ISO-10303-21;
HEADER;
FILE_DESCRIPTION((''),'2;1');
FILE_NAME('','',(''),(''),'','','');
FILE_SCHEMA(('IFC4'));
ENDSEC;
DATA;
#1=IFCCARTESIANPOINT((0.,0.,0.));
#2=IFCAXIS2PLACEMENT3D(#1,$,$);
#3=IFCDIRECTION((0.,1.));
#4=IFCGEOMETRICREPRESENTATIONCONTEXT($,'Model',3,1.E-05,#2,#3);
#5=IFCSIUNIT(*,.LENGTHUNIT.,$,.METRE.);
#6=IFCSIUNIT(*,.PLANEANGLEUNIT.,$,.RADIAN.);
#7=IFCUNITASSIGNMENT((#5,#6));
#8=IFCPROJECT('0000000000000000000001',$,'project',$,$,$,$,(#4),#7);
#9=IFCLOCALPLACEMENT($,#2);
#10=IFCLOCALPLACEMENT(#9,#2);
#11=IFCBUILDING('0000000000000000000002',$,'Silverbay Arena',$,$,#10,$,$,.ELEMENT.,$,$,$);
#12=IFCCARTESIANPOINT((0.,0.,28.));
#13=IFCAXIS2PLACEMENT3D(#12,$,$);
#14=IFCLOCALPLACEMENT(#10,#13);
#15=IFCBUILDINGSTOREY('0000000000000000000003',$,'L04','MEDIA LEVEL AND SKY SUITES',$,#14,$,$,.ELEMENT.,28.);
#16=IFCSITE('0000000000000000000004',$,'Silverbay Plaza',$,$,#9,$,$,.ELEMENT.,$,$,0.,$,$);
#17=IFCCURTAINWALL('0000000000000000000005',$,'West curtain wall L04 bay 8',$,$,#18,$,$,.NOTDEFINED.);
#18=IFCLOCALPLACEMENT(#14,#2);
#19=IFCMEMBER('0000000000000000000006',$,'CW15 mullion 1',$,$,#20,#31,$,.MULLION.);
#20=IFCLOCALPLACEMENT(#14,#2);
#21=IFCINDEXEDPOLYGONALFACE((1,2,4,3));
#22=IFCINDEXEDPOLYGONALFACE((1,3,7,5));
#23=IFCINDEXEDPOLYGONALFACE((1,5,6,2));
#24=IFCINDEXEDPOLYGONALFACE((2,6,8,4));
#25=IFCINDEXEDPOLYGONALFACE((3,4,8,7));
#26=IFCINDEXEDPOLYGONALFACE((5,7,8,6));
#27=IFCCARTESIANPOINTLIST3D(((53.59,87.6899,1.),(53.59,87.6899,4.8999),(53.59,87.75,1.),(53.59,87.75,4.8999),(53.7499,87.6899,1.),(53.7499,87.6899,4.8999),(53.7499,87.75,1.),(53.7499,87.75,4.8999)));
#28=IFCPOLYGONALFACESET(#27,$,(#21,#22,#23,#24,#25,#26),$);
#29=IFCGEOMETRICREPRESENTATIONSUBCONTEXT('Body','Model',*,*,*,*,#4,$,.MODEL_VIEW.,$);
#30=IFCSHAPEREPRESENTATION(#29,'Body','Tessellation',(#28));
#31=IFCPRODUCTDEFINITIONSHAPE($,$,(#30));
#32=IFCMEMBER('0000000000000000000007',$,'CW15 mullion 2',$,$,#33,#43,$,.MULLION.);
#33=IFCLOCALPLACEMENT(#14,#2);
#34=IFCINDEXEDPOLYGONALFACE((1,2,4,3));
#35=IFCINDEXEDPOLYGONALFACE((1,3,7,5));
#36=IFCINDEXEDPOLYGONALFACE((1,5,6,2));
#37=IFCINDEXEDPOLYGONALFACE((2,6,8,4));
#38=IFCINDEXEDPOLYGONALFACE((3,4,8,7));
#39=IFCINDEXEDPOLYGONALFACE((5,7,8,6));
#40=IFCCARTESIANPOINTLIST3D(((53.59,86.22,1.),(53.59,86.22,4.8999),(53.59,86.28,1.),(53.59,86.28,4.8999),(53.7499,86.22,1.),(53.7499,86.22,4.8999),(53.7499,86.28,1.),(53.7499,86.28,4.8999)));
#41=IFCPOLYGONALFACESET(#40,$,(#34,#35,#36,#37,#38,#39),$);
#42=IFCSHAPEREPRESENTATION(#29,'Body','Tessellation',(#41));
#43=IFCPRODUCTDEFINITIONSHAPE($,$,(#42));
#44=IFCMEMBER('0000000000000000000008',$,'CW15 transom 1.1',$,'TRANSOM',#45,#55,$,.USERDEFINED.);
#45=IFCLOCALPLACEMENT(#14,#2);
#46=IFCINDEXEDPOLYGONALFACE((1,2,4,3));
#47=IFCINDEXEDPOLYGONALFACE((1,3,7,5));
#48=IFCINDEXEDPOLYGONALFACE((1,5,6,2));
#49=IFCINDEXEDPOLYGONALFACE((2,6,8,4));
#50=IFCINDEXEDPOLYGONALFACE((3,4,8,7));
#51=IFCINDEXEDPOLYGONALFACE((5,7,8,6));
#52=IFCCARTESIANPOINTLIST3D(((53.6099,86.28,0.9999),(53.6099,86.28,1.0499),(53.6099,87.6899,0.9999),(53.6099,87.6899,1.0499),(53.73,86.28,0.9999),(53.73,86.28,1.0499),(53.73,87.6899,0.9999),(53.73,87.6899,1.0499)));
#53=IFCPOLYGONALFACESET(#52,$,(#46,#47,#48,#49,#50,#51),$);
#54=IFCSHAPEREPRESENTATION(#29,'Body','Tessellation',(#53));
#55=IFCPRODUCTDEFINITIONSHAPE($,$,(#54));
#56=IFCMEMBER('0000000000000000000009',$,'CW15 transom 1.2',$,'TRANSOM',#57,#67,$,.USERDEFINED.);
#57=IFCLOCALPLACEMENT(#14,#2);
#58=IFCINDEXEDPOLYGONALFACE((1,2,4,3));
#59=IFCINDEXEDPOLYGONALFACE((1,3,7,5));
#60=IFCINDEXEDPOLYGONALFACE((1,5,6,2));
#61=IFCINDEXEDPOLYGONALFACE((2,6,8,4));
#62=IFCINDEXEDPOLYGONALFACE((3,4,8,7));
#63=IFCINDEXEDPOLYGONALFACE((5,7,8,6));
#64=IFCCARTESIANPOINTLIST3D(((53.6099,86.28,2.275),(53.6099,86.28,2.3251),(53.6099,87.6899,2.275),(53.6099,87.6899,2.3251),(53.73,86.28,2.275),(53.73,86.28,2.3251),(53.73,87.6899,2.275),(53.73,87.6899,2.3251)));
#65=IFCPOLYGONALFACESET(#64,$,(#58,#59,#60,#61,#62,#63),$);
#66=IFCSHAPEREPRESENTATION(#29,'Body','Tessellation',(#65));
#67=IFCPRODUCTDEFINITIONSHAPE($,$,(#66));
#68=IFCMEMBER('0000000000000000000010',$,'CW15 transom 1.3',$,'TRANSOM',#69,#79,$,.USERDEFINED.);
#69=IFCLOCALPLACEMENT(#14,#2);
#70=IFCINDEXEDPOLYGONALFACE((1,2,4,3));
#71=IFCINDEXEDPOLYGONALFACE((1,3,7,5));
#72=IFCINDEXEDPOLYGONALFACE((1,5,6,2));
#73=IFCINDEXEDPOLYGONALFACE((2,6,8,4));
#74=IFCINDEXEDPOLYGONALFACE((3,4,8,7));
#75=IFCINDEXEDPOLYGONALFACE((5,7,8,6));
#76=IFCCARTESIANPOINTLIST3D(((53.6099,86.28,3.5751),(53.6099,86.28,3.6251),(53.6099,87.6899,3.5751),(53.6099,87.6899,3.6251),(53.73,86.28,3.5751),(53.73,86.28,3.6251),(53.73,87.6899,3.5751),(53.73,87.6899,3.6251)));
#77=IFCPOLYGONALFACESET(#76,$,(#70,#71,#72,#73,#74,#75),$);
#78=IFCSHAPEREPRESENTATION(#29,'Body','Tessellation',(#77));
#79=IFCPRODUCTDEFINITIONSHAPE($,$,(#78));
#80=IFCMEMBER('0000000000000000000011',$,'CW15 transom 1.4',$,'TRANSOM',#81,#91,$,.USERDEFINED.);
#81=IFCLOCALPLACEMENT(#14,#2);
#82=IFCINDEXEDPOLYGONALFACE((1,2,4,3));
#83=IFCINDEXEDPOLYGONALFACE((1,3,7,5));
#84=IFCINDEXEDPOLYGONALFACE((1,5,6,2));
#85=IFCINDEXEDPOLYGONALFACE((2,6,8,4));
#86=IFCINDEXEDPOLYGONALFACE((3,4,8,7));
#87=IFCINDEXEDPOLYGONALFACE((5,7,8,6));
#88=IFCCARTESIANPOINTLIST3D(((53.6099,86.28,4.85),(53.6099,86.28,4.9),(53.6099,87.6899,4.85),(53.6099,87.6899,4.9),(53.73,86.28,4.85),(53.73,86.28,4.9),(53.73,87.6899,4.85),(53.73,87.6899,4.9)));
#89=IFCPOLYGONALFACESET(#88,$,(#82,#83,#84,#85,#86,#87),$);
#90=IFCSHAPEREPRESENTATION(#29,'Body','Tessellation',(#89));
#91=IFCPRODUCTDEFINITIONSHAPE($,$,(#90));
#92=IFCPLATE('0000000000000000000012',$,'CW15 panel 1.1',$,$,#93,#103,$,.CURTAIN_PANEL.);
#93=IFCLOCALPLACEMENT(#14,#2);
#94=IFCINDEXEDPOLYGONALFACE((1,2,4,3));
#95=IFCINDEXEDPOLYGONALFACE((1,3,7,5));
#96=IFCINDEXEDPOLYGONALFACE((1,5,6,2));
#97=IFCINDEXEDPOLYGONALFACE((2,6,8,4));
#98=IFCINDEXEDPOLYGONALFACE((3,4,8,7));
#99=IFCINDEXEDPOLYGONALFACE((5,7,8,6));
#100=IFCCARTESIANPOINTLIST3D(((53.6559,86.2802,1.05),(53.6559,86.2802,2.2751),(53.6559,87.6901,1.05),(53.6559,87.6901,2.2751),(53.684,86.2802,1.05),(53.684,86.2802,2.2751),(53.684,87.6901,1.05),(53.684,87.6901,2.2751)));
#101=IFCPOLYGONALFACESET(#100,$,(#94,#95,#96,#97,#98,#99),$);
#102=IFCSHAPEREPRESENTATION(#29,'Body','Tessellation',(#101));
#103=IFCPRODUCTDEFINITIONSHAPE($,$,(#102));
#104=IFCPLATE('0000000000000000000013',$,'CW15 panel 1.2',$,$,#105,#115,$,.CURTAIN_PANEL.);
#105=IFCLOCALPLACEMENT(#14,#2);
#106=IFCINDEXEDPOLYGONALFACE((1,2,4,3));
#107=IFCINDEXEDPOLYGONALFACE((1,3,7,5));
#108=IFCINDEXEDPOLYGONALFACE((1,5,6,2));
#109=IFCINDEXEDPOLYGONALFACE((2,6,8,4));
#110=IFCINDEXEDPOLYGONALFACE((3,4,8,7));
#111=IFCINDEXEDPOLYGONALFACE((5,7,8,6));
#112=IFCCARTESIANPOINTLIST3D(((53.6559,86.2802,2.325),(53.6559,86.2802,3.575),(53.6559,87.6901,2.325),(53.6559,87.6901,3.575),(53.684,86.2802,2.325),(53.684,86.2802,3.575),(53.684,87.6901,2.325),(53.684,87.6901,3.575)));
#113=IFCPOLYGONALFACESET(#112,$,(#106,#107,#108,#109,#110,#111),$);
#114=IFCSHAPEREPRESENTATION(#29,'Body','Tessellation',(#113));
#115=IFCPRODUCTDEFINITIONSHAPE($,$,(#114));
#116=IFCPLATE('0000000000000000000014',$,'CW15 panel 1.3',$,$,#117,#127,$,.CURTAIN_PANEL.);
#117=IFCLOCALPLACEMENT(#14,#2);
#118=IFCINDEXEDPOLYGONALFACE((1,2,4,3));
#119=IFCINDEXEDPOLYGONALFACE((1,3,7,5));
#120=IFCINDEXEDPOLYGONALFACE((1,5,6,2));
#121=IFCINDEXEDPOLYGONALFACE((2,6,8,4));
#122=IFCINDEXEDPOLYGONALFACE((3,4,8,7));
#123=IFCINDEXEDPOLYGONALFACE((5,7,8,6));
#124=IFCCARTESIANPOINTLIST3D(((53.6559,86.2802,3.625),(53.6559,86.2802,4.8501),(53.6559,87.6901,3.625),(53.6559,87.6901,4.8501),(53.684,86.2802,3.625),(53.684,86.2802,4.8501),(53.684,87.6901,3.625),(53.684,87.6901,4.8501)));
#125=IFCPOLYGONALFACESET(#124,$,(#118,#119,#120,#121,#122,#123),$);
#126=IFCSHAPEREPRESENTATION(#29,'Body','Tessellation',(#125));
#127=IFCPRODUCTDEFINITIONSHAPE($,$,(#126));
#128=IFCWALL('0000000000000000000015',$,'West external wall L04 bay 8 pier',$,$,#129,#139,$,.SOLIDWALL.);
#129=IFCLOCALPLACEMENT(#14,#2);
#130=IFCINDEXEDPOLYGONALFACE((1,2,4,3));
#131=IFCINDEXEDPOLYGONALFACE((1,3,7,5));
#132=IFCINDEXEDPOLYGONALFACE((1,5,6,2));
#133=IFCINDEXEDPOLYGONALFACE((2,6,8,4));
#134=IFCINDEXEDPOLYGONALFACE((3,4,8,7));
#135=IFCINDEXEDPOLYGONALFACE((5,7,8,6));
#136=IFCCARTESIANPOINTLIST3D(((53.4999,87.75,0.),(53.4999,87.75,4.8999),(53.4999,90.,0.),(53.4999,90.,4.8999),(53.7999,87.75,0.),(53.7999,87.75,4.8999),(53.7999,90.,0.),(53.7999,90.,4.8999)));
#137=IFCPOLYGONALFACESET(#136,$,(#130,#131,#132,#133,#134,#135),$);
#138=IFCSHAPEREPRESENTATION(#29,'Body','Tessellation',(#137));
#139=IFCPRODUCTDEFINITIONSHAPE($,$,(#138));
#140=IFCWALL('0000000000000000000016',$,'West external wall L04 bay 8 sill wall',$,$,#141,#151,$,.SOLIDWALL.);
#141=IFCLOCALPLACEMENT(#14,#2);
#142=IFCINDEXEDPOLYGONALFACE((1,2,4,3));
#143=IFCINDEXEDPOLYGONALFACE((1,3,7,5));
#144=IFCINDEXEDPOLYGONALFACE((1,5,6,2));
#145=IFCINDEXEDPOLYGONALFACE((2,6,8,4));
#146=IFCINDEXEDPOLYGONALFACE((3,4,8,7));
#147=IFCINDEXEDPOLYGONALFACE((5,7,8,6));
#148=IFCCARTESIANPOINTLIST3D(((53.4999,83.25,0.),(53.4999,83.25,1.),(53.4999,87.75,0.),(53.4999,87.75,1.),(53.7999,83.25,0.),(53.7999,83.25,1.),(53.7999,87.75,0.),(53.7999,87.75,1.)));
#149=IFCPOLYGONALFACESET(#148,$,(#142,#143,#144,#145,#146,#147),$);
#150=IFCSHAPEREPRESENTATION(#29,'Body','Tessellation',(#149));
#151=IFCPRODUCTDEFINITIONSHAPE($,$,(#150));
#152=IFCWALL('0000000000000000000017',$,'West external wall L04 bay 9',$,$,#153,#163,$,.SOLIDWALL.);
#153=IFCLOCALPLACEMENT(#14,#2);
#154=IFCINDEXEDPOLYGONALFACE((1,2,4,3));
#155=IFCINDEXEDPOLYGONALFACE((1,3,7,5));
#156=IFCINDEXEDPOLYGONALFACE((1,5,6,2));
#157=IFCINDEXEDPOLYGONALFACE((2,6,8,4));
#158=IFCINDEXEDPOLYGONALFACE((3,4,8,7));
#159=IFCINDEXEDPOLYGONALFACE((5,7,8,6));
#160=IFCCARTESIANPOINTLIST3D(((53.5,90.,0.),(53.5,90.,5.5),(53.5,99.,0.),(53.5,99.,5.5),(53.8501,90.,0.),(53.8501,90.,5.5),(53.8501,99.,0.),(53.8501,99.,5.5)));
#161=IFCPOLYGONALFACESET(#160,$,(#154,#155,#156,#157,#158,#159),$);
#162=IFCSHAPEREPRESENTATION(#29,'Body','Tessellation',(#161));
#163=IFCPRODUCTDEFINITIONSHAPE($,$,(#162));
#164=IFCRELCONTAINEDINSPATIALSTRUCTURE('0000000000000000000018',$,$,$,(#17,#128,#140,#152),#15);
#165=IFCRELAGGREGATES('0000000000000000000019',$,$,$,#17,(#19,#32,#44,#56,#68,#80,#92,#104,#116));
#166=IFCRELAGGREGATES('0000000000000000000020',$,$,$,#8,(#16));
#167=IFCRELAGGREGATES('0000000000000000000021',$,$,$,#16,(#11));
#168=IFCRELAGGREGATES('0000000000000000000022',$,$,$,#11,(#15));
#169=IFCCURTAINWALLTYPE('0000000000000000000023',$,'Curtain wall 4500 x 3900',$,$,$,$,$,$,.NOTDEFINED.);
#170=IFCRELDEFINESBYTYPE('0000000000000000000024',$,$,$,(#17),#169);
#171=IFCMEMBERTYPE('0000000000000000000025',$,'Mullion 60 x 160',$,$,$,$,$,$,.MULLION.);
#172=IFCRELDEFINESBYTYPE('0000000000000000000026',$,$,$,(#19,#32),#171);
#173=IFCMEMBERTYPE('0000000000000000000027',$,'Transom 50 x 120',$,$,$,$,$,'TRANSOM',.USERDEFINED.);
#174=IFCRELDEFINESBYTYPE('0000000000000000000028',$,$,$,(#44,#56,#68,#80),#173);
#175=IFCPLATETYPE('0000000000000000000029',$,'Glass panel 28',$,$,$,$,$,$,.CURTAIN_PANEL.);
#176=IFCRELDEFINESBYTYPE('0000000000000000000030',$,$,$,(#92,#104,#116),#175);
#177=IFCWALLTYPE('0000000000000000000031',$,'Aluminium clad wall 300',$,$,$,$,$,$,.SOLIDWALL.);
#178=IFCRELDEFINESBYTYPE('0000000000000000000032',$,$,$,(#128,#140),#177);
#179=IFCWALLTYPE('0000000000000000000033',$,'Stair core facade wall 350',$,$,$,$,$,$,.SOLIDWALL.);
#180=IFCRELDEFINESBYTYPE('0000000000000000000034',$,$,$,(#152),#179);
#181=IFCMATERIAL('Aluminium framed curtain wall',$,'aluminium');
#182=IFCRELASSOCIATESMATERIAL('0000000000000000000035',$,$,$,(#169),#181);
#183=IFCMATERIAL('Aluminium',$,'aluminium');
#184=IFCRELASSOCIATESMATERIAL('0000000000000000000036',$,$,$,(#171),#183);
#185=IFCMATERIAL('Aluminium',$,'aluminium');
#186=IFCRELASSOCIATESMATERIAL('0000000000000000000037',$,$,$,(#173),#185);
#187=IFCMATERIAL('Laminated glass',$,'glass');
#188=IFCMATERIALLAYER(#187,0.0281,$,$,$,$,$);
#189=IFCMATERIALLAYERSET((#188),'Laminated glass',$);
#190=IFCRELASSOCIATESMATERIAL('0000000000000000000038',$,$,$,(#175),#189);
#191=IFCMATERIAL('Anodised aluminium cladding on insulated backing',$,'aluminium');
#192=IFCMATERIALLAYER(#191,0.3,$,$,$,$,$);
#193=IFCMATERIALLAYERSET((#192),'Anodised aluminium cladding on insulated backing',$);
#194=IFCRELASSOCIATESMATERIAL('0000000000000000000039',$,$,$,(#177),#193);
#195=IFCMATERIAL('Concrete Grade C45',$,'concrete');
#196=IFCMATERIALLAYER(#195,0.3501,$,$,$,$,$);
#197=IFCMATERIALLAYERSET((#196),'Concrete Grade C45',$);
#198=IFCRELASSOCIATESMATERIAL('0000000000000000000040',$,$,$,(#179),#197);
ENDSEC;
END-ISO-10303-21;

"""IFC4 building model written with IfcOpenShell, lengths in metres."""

from ifc_helpers import new_model, si_unit, direction, frame, frame_2d, origin, origin_2d, place, context, subcontext, project, spatial, rectangle, extrude, material, layer, layer_set, material_profile, profile_set, type_object, element, aggregate, save


model = new_model("IFC4")

# Units and contexts
model_context = context("Model", 3, precision=1e-05, world=origin(), true_north=direction((0.0, 1.0)))
body_context = subcontext(model_context, "Body", "Model", "MODEL_VIEW")
ifc_project = project(units=[si_unit("LENGTHUNIT", "METRE"), si_unit("PLANEANGLEUNIT", "RADIAN")], contexts=[model_context])

# Site, building, storey
site_placement = place(None, origin())
site = spatial("IfcSite", under=ifc_project, at=site_placement, Name="Silverbay Plaza", CompositionType="ELEMENT", RefElevation=0.0)
building_placement = place(site_placement, origin())
building = spatial("IfcBuilding", under=site, at=building_placement, Name="Silverbay Arena", CompositionType="ELEMENT")
storey_placement = place(building_placement, frame((0.0, 0.0, 28.0)))
storey = spatial("IfcBuildingStorey", under=building, at=storey_placement, Name="L04", Description="MEDIA LEVEL AND SKY SUITES", CompositionType="ELEMENT", Elevation=28.0)

# Curtain wall, members, plates
ifc_material_1 = material(Name="Aluminium framed curtain wall", Category="aluminium")
curtain_wall_type = type_object("IfcCurtainWallType", Name="Curtain wall 4500 x 3900", PredefinedType="NOTDEFINED", material=ifc_material_1)
curtain_wall_placement = place(storey_placement, origin())
curtain_wall = element("IfcCurtainWall", 1, at=curtain_wall_placement, inside=storey, type_object=curtain_wall_type, Name="West curtain wall L04 bay 8", PredefinedType="NOTDEFINED")
ifc_material_2 = material(Name="Aluminium", Category="aluminium")
ifc_material_profile_1 = material_profile(ifc_material_2, rectangle(XDim=0.1599, YDim=0.0601, at=origin_2d()), Name="Mullion 60 x 160")
ifc_profile_set_1 = profile_set([ifc_material_profile_1], Name="Aluminium")
member_type_1 = type_object("IfcMemberType", Name="Mullion 60 x 160", PredefinedType="MULLION", material=ifc_profile_set_1)
member_1_placement = place(storey_placement, frame((53.6699, 87.72, 1.0), z_axis=(0.0, 0.0, 1.0), x_axis=(1.0, 0.0, 0.0)))
member_1 = element("IfcMember", 2, at=member_1_placement, type_object=member_type_1, Name="CW15 mullion 1", PredefinedType="MULLION", context=body_context, shape_type="SweptSolid", body=[
    extrude(rectangle(XDim=0.1599, YDim=0.0601, at=origin_2d()), origin(), (0.0, 0.0, 1.0), 3.8999),
])
member_2_placement = place(storey_placement, frame((53.6699, 86.25, 1.0), z_axis=(0.0, 0.0, 1.0), x_axis=(1.0, 0.0, 0.0)))
member_2 = element("IfcMember", 3, at=member_2_placement, type_object=member_type_1, Name="CW15 mullion 2", PredefinedType="MULLION", context=body_context, shape_type="SweptSolid", body=[
    extrude(rectangle(XDim=0.1599, YDim=0.0601, at=origin_2d()), origin(), (0.0, 0.0, 1.0), 3.8999),
])
ifc_material_3 = material(Name="Aluminium", Category="aluminium")
ifc_material_profile_2 = material_profile(ifc_material_3, rectangle(XDim=0.1201, YDim=0.05, at=origin_2d()), Name="Transom 50 x 120")
ifc_profile_set_2 = profile_set([ifc_material_profile_2], Name="Aluminium")
member_type_2 = type_object("IfcMemberType", Name="Transom 50 x 120", ElementType="TRANSOM", PredefinedType="USERDEFINED", material=ifc_profile_set_2)
member_3_placement = place(storey_placement, frame((53.6699, 87.6899, 1.0249), z_axis=(0.0, -1.0, 0.0), x_axis=(1.0, 0.0, 0.0)))
member_3 = element("IfcMember", 4, at=member_3_placement, type_object=member_type_2, Name="CW15 transom 1.1", ObjectType="TRANSOM", PredefinedType="USERDEFINED", context=body_context, shape_type="SweptSolid", body=[
    extrude(rectangle(XDim=0.1201, YDim=0.05, at=origin_2d()), origin(), (0.0, 0.0, 1.0), 1.4099),
])
member_4_placement = place(storey_placement, frame((53.6699, 87.6899, 2.3), z_axis=(0.0, -1.0, 0.0), x_axis=(1.0, 0.0, 0.0)))
member_4 = element("IfcMember", 5, at=member_4_placement, type_object=member_type_2, Name="CW15 transom 1.2", ObjectType="TRANSOM", PredefinedType="USERDEFINED", context=body_context, shape_type="SweptSolid", body=[
    extrude(rectangle(XDim=0.1201, YDim=0.05, at=origin_2d()), origin(), (0.0, 0.0, 1.0), 1.4099),
])
member_5_placement = place(storey_placement, frame((53.6699, 87.6899, 3.6001), z_axis=(0.0, -1.0, 0.0), x_axis=(1.0, 0.0, 0.0)))
member_5 = element("IfcMember", 6, at=member_5_placement, type_object=member_type_2, Name="CW15 transom 1.3", ObjectType="TRANSOM", PredefinedType="USERDEFINED", context=body_context, shape_type="SweptSolid", body=[
    extrude(rectangle(XDim=0.1201, YDim=0.05, at=origin_2d()), origin(), (0.0, 0.0, 1.0), 1.4099),
])
member_6_placement = place(storey_placement, frame((53.6699, 87.6899, 4.875), z_axis=(0.0, -1.0, 0.0), x_axis=(1.0, 0.0, 0.0)))
member_6 = element("IfcMember", 7, at=member_6_placement, type_object=member_type_2, Name="CW15 transom 1.4", ObjectType="TRANSOM", PredefinedType="USERDEFINED", context=body_context, shape_type="SweptSolid", body=[
    extrude(rectangle(XDim=0.1201, YDim=0.05, at=origin_2d()), origin(), (0.0, 0.0, 1.0), 1.4099),
])
ifc_material_4 = material(Name="Laminated glass", Category="glass")
ifc_layer_1 = layer(ifc_material_4, 0.0281)
ifc_layer_set_1 = layer_set([ifc_layer_1], Name="Laminated glass")
plate_type = type_object("IfcPlateType", Name="Glass panel 28", PredefinedType="CURTAIN_PANEL", material=ifc_layer_set_1)
plate_1_placement = place(storey_placement, frame((53.6699, 86.9851, 1.05), z_axis=(0.0, 0.0, 1.0), x_axis=(0.0, -1.0, 0.0)))
plate_1 = element("IfcPlate", 8, at=plate_1_placement, type_object=plate_type, Name="CW15 panel 1.1", PredefinedType="CURTAIN_PANEL", context=body_context, shape_type="SweptSolid", body=[
    extrude(rectangle(XDim=1.4099, YDim=0.0281, at=origin_2d()), origin(), (0.0, 0.0, 1.0), 1.2251),
])
plate_2_placement = place(storey_placement, frame((53.6699, 86.9851, 2.325), z_axis=(0.0, 0.0, 1.0), x_axis=(0.0, -1.0, 0.0)))
plate_2 = element("IfcPlate", 9, at=plate_2_placement, type_object=plate_type, Name="CW15 panel 1.2", PredefinedType="CURTAIN_PANEL", context=body_context, shape_type="SweptSolid", body=[
    extrude(rectangle(XDim=1.4099, YDim=0.0281, at=origin_2d()), origin(), (0.0, 0.0, 1.0), 1.25),
])
plate_3_placement = place(storey_placement, frame((53.6699, 86.9851, 3.625), z_axis=(0.0, 0.0, 1.0), x_axis=(0.0, -1.0, 0.0)))
plate_3 = element("IfcPlate", 10, at=plate_3_placement, type_object=plate_type, Name="CW15 panel 1.3", PredefinedType="CURTAIN_PANEL", context=body_context, shape_type="SweptSolid", body=[
    extrude(rectangle(XDim=1.4099, YDim=0.0281, at=origin_2d()), origin(), (0.0, 0.0, 1.0), 1.2251),
])
aggregate(curtain_wall, [member_1, member_2, member_3, member_4, member_5, member_6, plate_1, plate_2, plate_3])

# Walls
ifc_material_5 = material(Name="Anodised aluminium cladding on insulated backing", Category="aluminium")
ifc_layer_2 = layer(ifc_material_5, 0.3)
ifc_layer_set_2 = layer_set([ifc_layer_2], Name="Anodised aluminium cladding on insulated backing")
wall_type_1 = type_object("IfcWallType", Name="Aluminium clad wall 300", PredefinedType="SOLIDWALL", material=ifc_layer_set_2)
wall_1_placement = place(storey_placement, frame((53.6499, 90.0, 0.0), z_axis=(0.0, 0.0, 1.0), x_axis=(0.0, -1.0, 0.0)))
element("IfcWall", 11, at=wall_1_placement, inside=storey, type_object=wall_type_1, Name="West external wall L04 bay 8 pier", PredefinedType="SOLIDWALL", context=body_context, shape_type="SweptSolid", body=[
    extrude(rectangle(XDim=2.25, YDim=0.3, at=frame_2d((1.125, 0.0))), origin(), (0.0, 0.0, 1.0), 4.8999),
])
wall_2_placement = place(storey_placement, frame((53.6499, 87.75, 0.0), z_axis=(0.0, 0.0, 1.0), x_axis=(0.0, -1.0, 0.0)))
element("IfcWall", 12, at=wall_2_placement, inside=storey, type_object=wall_type_1, Name="West external wall L04 bay 8 sill wall", PredefinedType="SOLIDWALL", context=body_context, shape_type="SweptSolid", body=[
    extrude(rectangle(XDim=4.5, YDim=0.3, at=frame_2d((2.25, 0.0))), origin(), (0.0, 0.0, 1.0), 1.0),
])
ifc_material_6 = material(Name="Concrete Grade C45", Category="concrete")
ifc_layer_3 = layer(ifc_material_6, 0.3501)
ifc_layer_set_3 = layer_set([ifc_layer_3], Name="Concrete Grade C45")
wall_type_2 = type_object("IfcWallType", Name="Stair core facade wall 350", PredefinedType="SOLIDWALL", material=ifc_layer_set_3)
wall_3_placement = place(storey_placement, frame((53.675, 99.0, 0.0), z_axis=(0.0, 0.0, 1.0), x_axis=(0.0, -1.0, 0.0)))
element("IfcWall", 13, at=wall_3_placement, inside=storey, type_object=wall_type_2, Name="West external wall L04 bay 9", PredefinedType="SOLIDWALL", context=body_context, shape_type="SweptSolid", body=[
    extrude(rectangle(XDim=9.0, YDim=0.3501, at=frame_2d((4.5, 0.0))), origin(), (0.0, 0.0, 1.0), 5.5),
])

save(model, "model.ifc")
